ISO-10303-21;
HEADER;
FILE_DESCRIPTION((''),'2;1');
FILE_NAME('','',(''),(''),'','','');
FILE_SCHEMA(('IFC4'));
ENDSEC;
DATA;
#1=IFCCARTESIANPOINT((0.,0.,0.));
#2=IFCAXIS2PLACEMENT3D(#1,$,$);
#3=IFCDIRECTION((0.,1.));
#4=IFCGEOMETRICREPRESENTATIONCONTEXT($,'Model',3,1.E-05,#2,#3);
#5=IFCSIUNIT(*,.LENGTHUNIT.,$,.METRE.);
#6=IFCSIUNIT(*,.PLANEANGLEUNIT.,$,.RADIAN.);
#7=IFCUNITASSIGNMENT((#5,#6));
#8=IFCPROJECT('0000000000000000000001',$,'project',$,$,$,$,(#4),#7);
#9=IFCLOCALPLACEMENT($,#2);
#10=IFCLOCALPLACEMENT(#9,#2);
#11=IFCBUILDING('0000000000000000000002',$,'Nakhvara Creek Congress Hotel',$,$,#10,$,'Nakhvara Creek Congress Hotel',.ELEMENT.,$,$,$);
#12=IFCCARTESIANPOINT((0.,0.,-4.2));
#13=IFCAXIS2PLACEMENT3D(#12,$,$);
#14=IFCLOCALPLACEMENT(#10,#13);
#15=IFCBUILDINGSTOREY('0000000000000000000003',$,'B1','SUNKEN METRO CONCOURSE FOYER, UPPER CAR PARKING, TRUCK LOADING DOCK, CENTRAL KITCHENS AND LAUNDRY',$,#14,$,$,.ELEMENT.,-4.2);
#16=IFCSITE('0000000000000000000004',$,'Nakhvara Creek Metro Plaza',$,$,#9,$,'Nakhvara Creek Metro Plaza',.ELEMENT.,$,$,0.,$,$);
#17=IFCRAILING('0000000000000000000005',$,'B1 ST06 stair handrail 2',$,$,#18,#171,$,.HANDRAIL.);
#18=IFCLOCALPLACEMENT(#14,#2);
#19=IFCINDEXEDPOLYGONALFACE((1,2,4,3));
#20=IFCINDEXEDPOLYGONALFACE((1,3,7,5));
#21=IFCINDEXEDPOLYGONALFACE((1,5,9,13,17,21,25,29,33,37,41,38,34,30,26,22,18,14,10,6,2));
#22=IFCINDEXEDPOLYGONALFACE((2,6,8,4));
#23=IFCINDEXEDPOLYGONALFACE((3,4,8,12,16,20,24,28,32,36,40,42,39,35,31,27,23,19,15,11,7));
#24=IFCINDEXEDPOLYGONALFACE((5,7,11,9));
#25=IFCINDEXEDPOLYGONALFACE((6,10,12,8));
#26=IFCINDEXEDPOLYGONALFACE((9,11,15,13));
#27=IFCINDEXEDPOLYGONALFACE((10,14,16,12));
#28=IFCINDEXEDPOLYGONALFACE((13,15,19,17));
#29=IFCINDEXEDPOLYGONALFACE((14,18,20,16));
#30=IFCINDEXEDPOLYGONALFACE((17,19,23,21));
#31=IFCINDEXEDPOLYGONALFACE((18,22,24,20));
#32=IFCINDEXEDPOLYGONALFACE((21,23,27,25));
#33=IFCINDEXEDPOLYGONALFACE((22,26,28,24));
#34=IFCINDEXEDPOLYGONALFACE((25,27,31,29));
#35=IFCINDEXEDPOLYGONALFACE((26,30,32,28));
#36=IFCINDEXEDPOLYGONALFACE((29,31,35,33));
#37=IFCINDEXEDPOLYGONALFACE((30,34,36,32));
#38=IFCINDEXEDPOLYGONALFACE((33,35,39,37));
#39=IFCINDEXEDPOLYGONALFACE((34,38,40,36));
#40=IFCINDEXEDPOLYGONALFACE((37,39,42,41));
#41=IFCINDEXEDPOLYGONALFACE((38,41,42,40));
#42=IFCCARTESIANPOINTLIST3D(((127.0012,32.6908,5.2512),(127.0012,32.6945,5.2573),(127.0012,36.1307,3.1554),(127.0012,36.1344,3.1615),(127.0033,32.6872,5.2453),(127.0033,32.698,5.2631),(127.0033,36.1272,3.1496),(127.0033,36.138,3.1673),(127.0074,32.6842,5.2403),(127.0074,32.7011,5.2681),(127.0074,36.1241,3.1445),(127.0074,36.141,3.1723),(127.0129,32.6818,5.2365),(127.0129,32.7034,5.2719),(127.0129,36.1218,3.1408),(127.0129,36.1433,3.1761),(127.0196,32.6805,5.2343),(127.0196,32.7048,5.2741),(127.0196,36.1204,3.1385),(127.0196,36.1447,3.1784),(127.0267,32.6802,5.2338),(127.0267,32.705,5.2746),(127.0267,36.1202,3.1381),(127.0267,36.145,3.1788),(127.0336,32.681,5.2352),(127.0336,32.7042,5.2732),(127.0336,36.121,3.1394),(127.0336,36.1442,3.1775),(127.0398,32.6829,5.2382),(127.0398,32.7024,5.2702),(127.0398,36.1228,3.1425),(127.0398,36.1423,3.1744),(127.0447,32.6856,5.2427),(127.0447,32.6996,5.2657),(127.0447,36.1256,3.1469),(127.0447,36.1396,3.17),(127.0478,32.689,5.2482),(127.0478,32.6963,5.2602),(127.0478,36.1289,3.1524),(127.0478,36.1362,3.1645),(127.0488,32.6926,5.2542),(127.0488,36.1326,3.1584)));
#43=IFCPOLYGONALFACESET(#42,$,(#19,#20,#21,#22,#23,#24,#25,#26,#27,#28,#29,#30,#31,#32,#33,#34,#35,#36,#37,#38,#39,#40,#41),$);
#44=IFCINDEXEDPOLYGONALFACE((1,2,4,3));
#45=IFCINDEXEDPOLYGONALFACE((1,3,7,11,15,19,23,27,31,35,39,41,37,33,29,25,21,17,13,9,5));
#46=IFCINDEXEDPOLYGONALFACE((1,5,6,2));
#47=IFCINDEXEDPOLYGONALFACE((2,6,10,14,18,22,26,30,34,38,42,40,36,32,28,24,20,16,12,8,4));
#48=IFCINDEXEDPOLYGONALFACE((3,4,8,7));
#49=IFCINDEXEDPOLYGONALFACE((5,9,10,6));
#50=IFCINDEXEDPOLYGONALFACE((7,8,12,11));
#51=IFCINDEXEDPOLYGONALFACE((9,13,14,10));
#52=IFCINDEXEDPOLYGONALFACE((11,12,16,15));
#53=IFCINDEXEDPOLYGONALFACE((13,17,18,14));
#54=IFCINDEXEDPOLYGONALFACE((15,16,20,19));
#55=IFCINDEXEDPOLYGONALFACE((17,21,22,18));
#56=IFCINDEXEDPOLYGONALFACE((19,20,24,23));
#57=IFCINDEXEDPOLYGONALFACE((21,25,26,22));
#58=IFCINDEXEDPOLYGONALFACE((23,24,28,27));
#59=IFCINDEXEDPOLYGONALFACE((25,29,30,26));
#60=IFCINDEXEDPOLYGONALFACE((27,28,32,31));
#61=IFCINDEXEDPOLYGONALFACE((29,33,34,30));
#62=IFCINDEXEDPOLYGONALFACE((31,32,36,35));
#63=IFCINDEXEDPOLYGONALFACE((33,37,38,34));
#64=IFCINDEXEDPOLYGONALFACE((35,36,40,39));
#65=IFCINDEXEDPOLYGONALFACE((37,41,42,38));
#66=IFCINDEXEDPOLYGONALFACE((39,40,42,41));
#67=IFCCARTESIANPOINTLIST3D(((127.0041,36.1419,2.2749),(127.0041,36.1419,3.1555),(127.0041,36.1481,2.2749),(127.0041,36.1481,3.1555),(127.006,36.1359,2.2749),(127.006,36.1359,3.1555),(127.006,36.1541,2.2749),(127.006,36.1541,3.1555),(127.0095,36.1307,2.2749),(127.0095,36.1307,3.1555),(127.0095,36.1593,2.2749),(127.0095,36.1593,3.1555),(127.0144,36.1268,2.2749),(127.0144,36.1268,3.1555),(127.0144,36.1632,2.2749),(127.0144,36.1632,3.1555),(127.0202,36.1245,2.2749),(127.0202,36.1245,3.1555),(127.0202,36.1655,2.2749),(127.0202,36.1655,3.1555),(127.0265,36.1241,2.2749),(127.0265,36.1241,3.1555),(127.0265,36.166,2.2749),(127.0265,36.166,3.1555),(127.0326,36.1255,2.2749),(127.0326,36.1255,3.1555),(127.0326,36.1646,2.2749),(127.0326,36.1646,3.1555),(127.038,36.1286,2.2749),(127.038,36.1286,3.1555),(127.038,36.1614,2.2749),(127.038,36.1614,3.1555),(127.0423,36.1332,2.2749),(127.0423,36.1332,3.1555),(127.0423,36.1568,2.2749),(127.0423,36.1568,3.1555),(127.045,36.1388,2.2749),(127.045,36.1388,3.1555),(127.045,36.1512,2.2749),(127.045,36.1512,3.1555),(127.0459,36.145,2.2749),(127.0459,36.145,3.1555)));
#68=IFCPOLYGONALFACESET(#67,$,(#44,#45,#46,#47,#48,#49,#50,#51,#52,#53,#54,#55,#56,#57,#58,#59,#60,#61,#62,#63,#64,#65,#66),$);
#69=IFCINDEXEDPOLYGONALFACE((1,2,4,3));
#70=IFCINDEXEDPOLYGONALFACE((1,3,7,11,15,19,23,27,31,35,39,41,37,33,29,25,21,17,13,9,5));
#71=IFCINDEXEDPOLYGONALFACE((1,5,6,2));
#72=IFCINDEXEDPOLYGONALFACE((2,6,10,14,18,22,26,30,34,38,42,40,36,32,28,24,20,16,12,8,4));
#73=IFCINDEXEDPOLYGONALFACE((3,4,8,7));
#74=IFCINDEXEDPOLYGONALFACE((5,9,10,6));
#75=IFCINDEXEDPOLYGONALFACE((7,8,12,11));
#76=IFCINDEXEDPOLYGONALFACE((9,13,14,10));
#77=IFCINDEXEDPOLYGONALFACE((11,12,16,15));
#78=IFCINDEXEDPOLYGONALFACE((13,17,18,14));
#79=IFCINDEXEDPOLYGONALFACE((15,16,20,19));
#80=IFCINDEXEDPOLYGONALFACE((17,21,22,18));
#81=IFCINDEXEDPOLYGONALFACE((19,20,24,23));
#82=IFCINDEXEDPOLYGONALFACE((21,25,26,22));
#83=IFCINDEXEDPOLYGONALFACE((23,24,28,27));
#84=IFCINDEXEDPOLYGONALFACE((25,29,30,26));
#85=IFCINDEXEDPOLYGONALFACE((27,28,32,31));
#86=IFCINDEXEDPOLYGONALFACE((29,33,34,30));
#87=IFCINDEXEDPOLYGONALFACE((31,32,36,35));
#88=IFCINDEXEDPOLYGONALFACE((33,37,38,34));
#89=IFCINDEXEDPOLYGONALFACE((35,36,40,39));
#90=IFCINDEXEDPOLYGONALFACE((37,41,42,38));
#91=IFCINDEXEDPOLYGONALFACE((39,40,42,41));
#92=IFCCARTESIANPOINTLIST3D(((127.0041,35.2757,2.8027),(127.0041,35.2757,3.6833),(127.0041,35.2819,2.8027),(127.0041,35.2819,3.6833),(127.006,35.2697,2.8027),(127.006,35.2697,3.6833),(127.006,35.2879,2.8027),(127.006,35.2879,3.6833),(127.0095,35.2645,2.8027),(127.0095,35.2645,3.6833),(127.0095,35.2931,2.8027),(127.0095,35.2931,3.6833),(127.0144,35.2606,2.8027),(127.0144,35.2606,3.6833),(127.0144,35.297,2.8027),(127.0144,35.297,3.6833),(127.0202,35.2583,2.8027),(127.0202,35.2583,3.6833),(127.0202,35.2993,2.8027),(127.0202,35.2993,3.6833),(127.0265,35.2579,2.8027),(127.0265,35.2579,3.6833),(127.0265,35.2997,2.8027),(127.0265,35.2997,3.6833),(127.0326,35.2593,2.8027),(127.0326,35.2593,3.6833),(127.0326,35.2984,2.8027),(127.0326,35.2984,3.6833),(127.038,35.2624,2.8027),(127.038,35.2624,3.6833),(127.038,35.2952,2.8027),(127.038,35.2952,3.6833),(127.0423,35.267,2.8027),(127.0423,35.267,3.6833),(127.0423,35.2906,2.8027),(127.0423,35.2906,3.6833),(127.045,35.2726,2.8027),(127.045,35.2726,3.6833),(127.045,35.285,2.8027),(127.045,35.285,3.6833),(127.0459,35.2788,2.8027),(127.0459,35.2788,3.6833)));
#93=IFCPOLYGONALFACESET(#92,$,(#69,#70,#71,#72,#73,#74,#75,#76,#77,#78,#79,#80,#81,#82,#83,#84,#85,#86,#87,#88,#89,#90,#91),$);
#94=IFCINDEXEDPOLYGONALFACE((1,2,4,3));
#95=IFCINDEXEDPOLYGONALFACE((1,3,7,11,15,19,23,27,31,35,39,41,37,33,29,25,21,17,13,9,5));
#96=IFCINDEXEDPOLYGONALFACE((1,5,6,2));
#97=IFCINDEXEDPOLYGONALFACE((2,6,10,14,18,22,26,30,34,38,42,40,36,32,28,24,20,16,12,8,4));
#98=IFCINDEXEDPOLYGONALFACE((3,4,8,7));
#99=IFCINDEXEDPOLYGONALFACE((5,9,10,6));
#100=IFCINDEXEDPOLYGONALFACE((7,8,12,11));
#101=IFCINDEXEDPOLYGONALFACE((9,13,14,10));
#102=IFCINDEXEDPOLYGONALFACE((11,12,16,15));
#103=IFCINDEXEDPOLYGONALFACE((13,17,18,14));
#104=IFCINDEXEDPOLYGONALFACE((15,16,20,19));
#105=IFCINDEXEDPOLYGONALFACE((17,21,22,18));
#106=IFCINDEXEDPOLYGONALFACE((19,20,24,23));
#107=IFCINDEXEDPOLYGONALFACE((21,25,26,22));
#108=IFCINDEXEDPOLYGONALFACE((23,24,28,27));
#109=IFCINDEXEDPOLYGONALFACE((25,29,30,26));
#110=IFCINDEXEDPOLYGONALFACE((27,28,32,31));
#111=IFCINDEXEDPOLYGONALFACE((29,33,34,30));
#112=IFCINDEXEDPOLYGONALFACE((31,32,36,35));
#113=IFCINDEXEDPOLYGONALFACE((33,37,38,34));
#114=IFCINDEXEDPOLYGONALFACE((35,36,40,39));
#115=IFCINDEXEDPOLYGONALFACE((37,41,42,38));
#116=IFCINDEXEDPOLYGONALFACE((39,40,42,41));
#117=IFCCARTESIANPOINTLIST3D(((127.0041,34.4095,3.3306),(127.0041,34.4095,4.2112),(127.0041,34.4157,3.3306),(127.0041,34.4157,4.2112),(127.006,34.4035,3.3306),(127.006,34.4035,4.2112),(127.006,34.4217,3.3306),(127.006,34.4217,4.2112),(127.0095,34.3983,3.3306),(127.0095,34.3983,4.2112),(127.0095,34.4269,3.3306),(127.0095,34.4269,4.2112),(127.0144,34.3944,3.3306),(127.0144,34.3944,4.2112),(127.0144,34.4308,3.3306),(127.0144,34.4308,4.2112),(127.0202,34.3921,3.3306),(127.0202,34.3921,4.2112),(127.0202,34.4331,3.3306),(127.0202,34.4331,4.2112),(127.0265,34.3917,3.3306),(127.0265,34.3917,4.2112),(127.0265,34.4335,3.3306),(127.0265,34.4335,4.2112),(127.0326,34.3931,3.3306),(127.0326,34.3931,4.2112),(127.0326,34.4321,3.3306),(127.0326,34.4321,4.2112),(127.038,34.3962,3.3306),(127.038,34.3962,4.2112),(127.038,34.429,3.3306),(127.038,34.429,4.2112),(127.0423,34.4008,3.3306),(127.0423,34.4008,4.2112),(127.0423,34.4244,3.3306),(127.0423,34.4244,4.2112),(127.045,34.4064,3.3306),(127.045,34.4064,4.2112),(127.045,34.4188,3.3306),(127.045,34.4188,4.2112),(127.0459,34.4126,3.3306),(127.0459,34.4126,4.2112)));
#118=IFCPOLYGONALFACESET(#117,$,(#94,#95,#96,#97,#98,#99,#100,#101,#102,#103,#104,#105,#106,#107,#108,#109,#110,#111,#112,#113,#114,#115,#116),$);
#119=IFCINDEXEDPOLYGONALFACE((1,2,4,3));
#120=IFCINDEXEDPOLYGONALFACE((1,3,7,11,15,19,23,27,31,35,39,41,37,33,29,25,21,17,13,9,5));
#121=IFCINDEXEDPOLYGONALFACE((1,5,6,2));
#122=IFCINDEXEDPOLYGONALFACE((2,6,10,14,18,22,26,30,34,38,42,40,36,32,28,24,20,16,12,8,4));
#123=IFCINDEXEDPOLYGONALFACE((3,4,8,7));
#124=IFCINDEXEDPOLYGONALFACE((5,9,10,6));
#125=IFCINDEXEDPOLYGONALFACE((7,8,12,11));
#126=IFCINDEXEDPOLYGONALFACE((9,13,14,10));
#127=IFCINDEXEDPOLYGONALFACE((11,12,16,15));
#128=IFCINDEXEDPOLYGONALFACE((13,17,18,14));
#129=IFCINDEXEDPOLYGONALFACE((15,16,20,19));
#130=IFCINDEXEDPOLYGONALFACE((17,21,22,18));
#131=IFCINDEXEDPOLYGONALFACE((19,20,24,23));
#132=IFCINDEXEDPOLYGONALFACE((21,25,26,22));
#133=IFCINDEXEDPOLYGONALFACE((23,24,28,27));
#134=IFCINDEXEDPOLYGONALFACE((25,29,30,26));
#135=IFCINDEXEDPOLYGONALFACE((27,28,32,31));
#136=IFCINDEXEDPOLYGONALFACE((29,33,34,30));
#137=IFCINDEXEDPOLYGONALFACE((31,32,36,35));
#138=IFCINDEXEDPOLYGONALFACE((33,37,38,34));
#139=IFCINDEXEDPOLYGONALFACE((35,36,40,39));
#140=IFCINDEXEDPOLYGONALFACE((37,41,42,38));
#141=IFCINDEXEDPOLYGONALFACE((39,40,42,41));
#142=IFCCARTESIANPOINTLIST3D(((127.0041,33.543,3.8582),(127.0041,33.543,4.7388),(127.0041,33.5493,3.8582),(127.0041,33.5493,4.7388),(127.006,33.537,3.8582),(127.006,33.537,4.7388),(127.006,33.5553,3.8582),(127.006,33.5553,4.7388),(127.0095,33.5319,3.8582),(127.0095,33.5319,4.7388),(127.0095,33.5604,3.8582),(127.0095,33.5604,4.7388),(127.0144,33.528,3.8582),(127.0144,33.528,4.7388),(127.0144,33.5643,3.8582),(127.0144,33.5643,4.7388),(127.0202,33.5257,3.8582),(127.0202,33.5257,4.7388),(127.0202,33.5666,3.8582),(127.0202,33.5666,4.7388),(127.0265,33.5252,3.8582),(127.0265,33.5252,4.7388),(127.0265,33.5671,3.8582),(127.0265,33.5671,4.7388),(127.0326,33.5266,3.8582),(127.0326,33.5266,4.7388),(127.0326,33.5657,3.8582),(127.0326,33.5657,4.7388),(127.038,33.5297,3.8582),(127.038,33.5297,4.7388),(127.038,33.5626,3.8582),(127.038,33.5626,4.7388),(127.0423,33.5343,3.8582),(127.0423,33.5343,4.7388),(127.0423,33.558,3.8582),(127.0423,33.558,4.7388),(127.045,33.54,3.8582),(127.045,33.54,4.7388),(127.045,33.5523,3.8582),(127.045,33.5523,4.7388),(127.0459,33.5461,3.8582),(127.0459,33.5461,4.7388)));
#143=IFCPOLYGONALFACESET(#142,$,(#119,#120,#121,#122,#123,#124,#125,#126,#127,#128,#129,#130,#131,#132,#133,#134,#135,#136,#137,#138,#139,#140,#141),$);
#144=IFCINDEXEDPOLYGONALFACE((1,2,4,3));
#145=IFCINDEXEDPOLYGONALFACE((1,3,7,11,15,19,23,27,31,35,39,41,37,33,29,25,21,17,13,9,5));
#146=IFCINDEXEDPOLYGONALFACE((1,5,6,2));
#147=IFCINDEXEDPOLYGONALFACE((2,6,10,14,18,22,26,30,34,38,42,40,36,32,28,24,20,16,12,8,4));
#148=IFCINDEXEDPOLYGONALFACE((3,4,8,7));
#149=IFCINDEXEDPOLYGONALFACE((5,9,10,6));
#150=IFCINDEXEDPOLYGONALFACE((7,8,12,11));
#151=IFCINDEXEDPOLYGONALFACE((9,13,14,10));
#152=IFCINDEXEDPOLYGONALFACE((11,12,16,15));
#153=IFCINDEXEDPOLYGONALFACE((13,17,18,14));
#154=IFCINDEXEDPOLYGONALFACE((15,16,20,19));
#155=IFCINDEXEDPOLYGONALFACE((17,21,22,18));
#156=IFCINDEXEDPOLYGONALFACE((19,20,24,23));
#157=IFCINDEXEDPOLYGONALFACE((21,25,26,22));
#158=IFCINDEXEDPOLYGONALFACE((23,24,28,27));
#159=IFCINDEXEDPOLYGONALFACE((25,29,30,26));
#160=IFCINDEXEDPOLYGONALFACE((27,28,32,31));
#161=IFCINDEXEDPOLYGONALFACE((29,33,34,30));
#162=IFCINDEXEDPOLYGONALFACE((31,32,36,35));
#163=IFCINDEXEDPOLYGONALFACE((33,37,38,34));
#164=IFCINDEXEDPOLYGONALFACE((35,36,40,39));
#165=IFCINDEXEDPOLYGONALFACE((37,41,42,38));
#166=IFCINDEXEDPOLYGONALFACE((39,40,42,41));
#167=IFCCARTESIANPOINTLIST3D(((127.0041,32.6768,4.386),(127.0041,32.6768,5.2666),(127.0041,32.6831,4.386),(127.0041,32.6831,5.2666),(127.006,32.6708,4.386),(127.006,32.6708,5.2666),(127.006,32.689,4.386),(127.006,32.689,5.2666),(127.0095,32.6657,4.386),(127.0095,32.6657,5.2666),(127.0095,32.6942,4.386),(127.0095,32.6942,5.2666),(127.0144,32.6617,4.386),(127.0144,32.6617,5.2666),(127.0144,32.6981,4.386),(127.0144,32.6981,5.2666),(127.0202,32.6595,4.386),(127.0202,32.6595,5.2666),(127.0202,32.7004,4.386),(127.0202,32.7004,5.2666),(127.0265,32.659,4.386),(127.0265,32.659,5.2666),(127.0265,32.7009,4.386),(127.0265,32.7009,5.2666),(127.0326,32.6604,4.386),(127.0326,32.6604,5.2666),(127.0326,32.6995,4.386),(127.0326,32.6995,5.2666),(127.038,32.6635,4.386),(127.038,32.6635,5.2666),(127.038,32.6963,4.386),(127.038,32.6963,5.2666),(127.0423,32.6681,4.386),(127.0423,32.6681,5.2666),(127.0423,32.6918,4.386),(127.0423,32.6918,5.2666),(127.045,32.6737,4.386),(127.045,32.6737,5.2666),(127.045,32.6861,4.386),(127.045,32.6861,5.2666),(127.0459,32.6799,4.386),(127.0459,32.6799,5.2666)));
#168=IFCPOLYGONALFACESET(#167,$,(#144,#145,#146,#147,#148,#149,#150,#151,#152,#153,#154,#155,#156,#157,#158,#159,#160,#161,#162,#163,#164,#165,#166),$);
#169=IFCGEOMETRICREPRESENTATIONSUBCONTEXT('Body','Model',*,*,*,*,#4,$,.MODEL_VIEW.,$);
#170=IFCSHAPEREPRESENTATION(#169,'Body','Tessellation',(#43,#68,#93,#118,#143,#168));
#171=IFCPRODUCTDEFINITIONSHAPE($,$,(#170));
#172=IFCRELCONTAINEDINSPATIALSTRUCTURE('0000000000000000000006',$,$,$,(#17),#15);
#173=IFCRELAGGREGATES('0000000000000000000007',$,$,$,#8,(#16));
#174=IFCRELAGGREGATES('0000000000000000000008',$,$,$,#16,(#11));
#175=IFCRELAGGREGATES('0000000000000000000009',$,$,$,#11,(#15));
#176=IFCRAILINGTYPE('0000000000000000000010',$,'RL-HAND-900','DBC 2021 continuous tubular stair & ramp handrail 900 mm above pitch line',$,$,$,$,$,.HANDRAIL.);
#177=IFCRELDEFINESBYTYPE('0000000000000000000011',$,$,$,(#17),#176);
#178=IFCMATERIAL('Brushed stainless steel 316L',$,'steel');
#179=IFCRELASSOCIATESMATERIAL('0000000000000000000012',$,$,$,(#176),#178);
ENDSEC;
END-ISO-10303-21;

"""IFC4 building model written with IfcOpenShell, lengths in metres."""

from ifc_helpers import new_model, si_unit, direction, frame, origin, origin_2d, place, context, subcontext, project, spatial, circle, extrude, material, type_object, element, save


model = new_model("IFC4")

# Units and contexts
model_context = context("Model", 3, precision=1e-05, world=origin(), true_north=direction((0.0, 1.0)))
body_context = subcontext(model_context, "Body", "Model", "MODEL_VIEW")
ifc_project = project(units=[si_unit("LENGTHUNIT", "METRE"), si_unit("PLANEANGLEUNIT", "RADIAN")], contexts=[model_context])

# Site, building, storey
site_placement = place(None, origin())
site = spatial("IfcSite", under=ifc_project, at=site_placement, Name="Nakhvara Creek Metro Plaza", LongName="Nakhvara Creek Metro Plaza", CompositionType="ELEMENT", RefElevation=0.0)
building_placement = place(site_placement, origin())
building = spatial("IfcBuilding", under=site, at=building_placement, Name="Nakhvara Creek Congress Hotel", LongName="Nakhvara Creek Congress Hotel", CompositionType="ELEMENT")
storey_placement = place(building_placement, frame((0.0, 0.0, -4.2)))
storey = spatial("IfcBuildingStorey", under=building, at=storey_placement, Name="B1", Description="SUNKEN METRO CONCOURSE FOYER, UPPER CAR PARKING, TRUCK LOADING DOCK, CENTRAL KITCHENS AND LAUNDRY", CompositionType="ELEMENT", Elevation=-4.2)

# Railing
ifc_material_1 = material(Name="Brushed stainless steel 316L", Category="steel")
railing_type_1 = type_object("IfcRailingType", Name="RL-HAND-900", Description="DBC 2021 continuous tubular stair & ramp handrail 900 mm above pitch line", PredefinedType="HANDRAIL", material=ifc_material_1)
railing_1_placement = place(storey_placement, frame((127.0249, 36.145, 2.2749)))
element("IfcRailing", 1, at=railing_1_placement, inside=storey, type_object=railing_type_1, Name="B1 ST06 stair handrail 2", PredefinedType="HANDRAIL", context=body_context, shape_type="SweptSolid", body=[
    extrude(circle(Radius=0.0239, at=origin_2d()), frame((0.0, -0.0125, 0.8835), z_axis=(0.0, -0.853991, 0.520289), x_axis=(1.0, 0.0, 0.0)), (0.0, 0.0, 1.0), 4.0281),
    extrude(circle(Radius=0.021, at=origin_2d()), origin(), (0.0, 0.0, 1.0), 0.8806),
    extrude(circle(Radius=0.021, at=origin_2d()), frame((0.0, -0.8662, 0.5278)), (0.0, 0.0, 1.0), 0.8806),
    extrude(circle(Radius=0.021, at=origin_2d()), frame((0.0, -1.7324, 1.0557)), (0.0, 0.0, 1.0), 0.8806),
    extrude(circle(Radius=0.021, at=origin_2d()), frame((0.0, -2.5989, 1.5833)), (0.0, 0.0, 1.0), 0.8806),
    extrude(circle(Radius=0.021, at=origin_2d()), frame((0.0, -3.4651, 2.1111)), (0.0, 0.0, 1.0), 0.8806),
])

save(model, "model.ifc")
